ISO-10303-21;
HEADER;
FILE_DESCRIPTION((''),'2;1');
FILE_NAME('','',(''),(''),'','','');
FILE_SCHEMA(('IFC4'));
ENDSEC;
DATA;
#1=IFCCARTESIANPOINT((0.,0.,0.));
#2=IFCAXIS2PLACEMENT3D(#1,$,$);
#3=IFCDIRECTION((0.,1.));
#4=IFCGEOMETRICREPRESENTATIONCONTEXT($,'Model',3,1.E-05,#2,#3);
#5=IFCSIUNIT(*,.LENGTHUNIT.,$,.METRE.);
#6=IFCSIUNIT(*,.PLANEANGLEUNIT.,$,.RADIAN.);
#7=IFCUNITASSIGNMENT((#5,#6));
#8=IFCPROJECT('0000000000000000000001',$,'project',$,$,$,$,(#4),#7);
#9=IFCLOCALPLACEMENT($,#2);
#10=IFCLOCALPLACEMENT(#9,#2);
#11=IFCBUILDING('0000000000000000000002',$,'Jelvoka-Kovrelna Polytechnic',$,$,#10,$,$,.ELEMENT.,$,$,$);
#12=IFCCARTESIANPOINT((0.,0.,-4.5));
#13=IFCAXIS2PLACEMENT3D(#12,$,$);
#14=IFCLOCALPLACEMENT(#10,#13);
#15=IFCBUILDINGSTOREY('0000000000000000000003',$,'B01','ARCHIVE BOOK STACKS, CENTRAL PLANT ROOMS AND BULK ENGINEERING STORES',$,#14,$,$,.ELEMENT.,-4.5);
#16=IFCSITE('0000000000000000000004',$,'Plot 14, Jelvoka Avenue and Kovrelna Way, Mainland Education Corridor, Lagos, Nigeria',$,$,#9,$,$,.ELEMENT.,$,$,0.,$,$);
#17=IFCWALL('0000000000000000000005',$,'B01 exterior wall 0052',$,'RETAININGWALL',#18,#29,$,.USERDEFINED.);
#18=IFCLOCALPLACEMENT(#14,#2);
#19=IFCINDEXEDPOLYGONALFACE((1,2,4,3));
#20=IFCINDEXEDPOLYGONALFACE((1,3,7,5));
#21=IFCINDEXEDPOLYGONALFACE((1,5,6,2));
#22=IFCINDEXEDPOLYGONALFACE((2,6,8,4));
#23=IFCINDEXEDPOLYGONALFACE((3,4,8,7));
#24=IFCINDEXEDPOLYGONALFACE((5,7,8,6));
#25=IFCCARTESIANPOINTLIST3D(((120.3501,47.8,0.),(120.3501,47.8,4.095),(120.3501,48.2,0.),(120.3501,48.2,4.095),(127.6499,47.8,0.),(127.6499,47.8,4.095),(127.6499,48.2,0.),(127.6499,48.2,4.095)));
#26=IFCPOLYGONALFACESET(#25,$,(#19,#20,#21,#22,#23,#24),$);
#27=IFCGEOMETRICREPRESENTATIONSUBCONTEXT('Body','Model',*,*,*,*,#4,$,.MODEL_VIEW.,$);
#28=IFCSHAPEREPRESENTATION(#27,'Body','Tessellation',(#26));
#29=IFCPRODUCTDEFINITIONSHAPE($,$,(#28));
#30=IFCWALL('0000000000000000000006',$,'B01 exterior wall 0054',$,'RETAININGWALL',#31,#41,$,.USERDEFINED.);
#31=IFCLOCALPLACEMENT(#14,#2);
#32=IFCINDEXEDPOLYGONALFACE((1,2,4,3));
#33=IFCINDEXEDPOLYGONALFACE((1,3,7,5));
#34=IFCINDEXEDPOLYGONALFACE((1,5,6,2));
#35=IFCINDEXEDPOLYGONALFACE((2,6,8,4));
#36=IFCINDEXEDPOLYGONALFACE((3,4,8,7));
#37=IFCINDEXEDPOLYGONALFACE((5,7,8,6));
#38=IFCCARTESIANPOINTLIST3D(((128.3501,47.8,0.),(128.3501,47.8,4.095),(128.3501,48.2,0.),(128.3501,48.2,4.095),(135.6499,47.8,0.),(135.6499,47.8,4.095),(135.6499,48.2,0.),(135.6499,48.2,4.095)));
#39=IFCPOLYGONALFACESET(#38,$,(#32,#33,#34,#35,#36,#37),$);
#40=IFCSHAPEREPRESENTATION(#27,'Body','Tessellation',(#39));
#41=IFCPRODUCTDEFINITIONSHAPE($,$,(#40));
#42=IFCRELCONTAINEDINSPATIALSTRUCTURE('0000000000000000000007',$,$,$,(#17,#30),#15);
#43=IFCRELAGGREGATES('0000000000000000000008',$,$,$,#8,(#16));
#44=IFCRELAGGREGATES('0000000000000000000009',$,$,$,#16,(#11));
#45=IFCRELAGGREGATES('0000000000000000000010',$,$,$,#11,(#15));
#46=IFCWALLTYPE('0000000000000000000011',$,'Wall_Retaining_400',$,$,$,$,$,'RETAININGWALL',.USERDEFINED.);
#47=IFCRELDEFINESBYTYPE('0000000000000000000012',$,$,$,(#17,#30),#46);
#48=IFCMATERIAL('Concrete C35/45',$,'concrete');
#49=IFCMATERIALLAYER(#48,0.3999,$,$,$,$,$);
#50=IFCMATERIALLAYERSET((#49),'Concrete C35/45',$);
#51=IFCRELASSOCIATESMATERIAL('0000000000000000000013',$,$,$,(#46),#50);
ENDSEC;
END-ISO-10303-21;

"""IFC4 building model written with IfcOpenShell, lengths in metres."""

from ifc_helpers import new_model, si_unit, direction, frame, frame_2d, origin, place, context, subcontext, project, spatial, rectangle, extrude, material, layer, layer_set, type_object, element, save


model = new_model("IFC4")

# Units and contexts
model_context = context("Model", 3, precision=1e-05, world=origin(), true_north=direction((0.0, 1.0)))
body_context = subcontext(model_context, "Body", "Model", "MODEL_VIEW")
ifc_project = project(units=[si_unit("LENGTHUNIT", "METRE"), si_unit("PLANEANGLEUNIT", "RADIAN")], contexts=[model_context])

# Site, building, storey
site_placement = place(None, origin())
site = spatial("IfcSite", under=ifc_project, at=site_placement, Name="Plot 14, Jelvoka Avenue and Kovrelna Way, Mainland Education Corridor, Lagos, Nigeria", CompositionType="ELEMENT", RefElevation=0.0)
building_placement = place(site_placement, origin())
building = spatial("IfcBuilding", under=site, at=building_placement, Name="Jelvoka-Kovrelna Polytechnic", CompositionType="ELEMENT")
storey_placement = place(building_placement, frame((0.0, 0.0, -4.5)))
storey = spatial("IfcBuildingStorey", under=building, at=storey_placement, Name="B01", Description="ARCHIVE BOOK STACKS, CENTRAL PLANT ROOMS AND BULK ENGINEERING STORES", CompositionType="ELEMENT", Elevation=-4.5)

# Walls
ifc_material_1 = material(Name="Concrete C35/45", Category="concrete")
ifc_layer_1 = layer(ifc_material_1, 0.3999)
ifc_layer_set_1 = layer_set([ifc_layer_1], Name="Concrete C35/45")
wall_type_1 = type_object("IfcWallType", Name="Wall_Retaining_400", ElementType="RETAININGWALL", PredefinedType="USERDEFINED", material=ifc_layer_set_1)
for number, where, z_axis, x_axis, name in (
    (1, (120.3501, 48.0, 0.0), (0.0, 0.0, 1.0), (1.0, 0.0, 0.0), "B01 exterior wall 0052"),
    (2, (128.3501, 48.0, 0.0), (0.0, 0.0, 1.0), (1.0, 0.0, 0.0), "B01 exterior wall 0054"),
):
    element("IfcWall", number, at=place(storey_placement, frame(where, z_axis=z_axis, x_axis=x_axis)), inside=storey, type_object=wall_type_1, Name=name, ObjectType="RETAININGWALL", PredefinedType="USERDEFINED", context=body_context, shape_type="SweptSolid", body=[
        extrude(rectangle(XDim=7.2998, YDim=0.3999, at=frame_2d((3.6499, 0.0))), origin(), (0.0, 0.0, 1.0), 4.095),
    ])

save(model, "model.ifc")
